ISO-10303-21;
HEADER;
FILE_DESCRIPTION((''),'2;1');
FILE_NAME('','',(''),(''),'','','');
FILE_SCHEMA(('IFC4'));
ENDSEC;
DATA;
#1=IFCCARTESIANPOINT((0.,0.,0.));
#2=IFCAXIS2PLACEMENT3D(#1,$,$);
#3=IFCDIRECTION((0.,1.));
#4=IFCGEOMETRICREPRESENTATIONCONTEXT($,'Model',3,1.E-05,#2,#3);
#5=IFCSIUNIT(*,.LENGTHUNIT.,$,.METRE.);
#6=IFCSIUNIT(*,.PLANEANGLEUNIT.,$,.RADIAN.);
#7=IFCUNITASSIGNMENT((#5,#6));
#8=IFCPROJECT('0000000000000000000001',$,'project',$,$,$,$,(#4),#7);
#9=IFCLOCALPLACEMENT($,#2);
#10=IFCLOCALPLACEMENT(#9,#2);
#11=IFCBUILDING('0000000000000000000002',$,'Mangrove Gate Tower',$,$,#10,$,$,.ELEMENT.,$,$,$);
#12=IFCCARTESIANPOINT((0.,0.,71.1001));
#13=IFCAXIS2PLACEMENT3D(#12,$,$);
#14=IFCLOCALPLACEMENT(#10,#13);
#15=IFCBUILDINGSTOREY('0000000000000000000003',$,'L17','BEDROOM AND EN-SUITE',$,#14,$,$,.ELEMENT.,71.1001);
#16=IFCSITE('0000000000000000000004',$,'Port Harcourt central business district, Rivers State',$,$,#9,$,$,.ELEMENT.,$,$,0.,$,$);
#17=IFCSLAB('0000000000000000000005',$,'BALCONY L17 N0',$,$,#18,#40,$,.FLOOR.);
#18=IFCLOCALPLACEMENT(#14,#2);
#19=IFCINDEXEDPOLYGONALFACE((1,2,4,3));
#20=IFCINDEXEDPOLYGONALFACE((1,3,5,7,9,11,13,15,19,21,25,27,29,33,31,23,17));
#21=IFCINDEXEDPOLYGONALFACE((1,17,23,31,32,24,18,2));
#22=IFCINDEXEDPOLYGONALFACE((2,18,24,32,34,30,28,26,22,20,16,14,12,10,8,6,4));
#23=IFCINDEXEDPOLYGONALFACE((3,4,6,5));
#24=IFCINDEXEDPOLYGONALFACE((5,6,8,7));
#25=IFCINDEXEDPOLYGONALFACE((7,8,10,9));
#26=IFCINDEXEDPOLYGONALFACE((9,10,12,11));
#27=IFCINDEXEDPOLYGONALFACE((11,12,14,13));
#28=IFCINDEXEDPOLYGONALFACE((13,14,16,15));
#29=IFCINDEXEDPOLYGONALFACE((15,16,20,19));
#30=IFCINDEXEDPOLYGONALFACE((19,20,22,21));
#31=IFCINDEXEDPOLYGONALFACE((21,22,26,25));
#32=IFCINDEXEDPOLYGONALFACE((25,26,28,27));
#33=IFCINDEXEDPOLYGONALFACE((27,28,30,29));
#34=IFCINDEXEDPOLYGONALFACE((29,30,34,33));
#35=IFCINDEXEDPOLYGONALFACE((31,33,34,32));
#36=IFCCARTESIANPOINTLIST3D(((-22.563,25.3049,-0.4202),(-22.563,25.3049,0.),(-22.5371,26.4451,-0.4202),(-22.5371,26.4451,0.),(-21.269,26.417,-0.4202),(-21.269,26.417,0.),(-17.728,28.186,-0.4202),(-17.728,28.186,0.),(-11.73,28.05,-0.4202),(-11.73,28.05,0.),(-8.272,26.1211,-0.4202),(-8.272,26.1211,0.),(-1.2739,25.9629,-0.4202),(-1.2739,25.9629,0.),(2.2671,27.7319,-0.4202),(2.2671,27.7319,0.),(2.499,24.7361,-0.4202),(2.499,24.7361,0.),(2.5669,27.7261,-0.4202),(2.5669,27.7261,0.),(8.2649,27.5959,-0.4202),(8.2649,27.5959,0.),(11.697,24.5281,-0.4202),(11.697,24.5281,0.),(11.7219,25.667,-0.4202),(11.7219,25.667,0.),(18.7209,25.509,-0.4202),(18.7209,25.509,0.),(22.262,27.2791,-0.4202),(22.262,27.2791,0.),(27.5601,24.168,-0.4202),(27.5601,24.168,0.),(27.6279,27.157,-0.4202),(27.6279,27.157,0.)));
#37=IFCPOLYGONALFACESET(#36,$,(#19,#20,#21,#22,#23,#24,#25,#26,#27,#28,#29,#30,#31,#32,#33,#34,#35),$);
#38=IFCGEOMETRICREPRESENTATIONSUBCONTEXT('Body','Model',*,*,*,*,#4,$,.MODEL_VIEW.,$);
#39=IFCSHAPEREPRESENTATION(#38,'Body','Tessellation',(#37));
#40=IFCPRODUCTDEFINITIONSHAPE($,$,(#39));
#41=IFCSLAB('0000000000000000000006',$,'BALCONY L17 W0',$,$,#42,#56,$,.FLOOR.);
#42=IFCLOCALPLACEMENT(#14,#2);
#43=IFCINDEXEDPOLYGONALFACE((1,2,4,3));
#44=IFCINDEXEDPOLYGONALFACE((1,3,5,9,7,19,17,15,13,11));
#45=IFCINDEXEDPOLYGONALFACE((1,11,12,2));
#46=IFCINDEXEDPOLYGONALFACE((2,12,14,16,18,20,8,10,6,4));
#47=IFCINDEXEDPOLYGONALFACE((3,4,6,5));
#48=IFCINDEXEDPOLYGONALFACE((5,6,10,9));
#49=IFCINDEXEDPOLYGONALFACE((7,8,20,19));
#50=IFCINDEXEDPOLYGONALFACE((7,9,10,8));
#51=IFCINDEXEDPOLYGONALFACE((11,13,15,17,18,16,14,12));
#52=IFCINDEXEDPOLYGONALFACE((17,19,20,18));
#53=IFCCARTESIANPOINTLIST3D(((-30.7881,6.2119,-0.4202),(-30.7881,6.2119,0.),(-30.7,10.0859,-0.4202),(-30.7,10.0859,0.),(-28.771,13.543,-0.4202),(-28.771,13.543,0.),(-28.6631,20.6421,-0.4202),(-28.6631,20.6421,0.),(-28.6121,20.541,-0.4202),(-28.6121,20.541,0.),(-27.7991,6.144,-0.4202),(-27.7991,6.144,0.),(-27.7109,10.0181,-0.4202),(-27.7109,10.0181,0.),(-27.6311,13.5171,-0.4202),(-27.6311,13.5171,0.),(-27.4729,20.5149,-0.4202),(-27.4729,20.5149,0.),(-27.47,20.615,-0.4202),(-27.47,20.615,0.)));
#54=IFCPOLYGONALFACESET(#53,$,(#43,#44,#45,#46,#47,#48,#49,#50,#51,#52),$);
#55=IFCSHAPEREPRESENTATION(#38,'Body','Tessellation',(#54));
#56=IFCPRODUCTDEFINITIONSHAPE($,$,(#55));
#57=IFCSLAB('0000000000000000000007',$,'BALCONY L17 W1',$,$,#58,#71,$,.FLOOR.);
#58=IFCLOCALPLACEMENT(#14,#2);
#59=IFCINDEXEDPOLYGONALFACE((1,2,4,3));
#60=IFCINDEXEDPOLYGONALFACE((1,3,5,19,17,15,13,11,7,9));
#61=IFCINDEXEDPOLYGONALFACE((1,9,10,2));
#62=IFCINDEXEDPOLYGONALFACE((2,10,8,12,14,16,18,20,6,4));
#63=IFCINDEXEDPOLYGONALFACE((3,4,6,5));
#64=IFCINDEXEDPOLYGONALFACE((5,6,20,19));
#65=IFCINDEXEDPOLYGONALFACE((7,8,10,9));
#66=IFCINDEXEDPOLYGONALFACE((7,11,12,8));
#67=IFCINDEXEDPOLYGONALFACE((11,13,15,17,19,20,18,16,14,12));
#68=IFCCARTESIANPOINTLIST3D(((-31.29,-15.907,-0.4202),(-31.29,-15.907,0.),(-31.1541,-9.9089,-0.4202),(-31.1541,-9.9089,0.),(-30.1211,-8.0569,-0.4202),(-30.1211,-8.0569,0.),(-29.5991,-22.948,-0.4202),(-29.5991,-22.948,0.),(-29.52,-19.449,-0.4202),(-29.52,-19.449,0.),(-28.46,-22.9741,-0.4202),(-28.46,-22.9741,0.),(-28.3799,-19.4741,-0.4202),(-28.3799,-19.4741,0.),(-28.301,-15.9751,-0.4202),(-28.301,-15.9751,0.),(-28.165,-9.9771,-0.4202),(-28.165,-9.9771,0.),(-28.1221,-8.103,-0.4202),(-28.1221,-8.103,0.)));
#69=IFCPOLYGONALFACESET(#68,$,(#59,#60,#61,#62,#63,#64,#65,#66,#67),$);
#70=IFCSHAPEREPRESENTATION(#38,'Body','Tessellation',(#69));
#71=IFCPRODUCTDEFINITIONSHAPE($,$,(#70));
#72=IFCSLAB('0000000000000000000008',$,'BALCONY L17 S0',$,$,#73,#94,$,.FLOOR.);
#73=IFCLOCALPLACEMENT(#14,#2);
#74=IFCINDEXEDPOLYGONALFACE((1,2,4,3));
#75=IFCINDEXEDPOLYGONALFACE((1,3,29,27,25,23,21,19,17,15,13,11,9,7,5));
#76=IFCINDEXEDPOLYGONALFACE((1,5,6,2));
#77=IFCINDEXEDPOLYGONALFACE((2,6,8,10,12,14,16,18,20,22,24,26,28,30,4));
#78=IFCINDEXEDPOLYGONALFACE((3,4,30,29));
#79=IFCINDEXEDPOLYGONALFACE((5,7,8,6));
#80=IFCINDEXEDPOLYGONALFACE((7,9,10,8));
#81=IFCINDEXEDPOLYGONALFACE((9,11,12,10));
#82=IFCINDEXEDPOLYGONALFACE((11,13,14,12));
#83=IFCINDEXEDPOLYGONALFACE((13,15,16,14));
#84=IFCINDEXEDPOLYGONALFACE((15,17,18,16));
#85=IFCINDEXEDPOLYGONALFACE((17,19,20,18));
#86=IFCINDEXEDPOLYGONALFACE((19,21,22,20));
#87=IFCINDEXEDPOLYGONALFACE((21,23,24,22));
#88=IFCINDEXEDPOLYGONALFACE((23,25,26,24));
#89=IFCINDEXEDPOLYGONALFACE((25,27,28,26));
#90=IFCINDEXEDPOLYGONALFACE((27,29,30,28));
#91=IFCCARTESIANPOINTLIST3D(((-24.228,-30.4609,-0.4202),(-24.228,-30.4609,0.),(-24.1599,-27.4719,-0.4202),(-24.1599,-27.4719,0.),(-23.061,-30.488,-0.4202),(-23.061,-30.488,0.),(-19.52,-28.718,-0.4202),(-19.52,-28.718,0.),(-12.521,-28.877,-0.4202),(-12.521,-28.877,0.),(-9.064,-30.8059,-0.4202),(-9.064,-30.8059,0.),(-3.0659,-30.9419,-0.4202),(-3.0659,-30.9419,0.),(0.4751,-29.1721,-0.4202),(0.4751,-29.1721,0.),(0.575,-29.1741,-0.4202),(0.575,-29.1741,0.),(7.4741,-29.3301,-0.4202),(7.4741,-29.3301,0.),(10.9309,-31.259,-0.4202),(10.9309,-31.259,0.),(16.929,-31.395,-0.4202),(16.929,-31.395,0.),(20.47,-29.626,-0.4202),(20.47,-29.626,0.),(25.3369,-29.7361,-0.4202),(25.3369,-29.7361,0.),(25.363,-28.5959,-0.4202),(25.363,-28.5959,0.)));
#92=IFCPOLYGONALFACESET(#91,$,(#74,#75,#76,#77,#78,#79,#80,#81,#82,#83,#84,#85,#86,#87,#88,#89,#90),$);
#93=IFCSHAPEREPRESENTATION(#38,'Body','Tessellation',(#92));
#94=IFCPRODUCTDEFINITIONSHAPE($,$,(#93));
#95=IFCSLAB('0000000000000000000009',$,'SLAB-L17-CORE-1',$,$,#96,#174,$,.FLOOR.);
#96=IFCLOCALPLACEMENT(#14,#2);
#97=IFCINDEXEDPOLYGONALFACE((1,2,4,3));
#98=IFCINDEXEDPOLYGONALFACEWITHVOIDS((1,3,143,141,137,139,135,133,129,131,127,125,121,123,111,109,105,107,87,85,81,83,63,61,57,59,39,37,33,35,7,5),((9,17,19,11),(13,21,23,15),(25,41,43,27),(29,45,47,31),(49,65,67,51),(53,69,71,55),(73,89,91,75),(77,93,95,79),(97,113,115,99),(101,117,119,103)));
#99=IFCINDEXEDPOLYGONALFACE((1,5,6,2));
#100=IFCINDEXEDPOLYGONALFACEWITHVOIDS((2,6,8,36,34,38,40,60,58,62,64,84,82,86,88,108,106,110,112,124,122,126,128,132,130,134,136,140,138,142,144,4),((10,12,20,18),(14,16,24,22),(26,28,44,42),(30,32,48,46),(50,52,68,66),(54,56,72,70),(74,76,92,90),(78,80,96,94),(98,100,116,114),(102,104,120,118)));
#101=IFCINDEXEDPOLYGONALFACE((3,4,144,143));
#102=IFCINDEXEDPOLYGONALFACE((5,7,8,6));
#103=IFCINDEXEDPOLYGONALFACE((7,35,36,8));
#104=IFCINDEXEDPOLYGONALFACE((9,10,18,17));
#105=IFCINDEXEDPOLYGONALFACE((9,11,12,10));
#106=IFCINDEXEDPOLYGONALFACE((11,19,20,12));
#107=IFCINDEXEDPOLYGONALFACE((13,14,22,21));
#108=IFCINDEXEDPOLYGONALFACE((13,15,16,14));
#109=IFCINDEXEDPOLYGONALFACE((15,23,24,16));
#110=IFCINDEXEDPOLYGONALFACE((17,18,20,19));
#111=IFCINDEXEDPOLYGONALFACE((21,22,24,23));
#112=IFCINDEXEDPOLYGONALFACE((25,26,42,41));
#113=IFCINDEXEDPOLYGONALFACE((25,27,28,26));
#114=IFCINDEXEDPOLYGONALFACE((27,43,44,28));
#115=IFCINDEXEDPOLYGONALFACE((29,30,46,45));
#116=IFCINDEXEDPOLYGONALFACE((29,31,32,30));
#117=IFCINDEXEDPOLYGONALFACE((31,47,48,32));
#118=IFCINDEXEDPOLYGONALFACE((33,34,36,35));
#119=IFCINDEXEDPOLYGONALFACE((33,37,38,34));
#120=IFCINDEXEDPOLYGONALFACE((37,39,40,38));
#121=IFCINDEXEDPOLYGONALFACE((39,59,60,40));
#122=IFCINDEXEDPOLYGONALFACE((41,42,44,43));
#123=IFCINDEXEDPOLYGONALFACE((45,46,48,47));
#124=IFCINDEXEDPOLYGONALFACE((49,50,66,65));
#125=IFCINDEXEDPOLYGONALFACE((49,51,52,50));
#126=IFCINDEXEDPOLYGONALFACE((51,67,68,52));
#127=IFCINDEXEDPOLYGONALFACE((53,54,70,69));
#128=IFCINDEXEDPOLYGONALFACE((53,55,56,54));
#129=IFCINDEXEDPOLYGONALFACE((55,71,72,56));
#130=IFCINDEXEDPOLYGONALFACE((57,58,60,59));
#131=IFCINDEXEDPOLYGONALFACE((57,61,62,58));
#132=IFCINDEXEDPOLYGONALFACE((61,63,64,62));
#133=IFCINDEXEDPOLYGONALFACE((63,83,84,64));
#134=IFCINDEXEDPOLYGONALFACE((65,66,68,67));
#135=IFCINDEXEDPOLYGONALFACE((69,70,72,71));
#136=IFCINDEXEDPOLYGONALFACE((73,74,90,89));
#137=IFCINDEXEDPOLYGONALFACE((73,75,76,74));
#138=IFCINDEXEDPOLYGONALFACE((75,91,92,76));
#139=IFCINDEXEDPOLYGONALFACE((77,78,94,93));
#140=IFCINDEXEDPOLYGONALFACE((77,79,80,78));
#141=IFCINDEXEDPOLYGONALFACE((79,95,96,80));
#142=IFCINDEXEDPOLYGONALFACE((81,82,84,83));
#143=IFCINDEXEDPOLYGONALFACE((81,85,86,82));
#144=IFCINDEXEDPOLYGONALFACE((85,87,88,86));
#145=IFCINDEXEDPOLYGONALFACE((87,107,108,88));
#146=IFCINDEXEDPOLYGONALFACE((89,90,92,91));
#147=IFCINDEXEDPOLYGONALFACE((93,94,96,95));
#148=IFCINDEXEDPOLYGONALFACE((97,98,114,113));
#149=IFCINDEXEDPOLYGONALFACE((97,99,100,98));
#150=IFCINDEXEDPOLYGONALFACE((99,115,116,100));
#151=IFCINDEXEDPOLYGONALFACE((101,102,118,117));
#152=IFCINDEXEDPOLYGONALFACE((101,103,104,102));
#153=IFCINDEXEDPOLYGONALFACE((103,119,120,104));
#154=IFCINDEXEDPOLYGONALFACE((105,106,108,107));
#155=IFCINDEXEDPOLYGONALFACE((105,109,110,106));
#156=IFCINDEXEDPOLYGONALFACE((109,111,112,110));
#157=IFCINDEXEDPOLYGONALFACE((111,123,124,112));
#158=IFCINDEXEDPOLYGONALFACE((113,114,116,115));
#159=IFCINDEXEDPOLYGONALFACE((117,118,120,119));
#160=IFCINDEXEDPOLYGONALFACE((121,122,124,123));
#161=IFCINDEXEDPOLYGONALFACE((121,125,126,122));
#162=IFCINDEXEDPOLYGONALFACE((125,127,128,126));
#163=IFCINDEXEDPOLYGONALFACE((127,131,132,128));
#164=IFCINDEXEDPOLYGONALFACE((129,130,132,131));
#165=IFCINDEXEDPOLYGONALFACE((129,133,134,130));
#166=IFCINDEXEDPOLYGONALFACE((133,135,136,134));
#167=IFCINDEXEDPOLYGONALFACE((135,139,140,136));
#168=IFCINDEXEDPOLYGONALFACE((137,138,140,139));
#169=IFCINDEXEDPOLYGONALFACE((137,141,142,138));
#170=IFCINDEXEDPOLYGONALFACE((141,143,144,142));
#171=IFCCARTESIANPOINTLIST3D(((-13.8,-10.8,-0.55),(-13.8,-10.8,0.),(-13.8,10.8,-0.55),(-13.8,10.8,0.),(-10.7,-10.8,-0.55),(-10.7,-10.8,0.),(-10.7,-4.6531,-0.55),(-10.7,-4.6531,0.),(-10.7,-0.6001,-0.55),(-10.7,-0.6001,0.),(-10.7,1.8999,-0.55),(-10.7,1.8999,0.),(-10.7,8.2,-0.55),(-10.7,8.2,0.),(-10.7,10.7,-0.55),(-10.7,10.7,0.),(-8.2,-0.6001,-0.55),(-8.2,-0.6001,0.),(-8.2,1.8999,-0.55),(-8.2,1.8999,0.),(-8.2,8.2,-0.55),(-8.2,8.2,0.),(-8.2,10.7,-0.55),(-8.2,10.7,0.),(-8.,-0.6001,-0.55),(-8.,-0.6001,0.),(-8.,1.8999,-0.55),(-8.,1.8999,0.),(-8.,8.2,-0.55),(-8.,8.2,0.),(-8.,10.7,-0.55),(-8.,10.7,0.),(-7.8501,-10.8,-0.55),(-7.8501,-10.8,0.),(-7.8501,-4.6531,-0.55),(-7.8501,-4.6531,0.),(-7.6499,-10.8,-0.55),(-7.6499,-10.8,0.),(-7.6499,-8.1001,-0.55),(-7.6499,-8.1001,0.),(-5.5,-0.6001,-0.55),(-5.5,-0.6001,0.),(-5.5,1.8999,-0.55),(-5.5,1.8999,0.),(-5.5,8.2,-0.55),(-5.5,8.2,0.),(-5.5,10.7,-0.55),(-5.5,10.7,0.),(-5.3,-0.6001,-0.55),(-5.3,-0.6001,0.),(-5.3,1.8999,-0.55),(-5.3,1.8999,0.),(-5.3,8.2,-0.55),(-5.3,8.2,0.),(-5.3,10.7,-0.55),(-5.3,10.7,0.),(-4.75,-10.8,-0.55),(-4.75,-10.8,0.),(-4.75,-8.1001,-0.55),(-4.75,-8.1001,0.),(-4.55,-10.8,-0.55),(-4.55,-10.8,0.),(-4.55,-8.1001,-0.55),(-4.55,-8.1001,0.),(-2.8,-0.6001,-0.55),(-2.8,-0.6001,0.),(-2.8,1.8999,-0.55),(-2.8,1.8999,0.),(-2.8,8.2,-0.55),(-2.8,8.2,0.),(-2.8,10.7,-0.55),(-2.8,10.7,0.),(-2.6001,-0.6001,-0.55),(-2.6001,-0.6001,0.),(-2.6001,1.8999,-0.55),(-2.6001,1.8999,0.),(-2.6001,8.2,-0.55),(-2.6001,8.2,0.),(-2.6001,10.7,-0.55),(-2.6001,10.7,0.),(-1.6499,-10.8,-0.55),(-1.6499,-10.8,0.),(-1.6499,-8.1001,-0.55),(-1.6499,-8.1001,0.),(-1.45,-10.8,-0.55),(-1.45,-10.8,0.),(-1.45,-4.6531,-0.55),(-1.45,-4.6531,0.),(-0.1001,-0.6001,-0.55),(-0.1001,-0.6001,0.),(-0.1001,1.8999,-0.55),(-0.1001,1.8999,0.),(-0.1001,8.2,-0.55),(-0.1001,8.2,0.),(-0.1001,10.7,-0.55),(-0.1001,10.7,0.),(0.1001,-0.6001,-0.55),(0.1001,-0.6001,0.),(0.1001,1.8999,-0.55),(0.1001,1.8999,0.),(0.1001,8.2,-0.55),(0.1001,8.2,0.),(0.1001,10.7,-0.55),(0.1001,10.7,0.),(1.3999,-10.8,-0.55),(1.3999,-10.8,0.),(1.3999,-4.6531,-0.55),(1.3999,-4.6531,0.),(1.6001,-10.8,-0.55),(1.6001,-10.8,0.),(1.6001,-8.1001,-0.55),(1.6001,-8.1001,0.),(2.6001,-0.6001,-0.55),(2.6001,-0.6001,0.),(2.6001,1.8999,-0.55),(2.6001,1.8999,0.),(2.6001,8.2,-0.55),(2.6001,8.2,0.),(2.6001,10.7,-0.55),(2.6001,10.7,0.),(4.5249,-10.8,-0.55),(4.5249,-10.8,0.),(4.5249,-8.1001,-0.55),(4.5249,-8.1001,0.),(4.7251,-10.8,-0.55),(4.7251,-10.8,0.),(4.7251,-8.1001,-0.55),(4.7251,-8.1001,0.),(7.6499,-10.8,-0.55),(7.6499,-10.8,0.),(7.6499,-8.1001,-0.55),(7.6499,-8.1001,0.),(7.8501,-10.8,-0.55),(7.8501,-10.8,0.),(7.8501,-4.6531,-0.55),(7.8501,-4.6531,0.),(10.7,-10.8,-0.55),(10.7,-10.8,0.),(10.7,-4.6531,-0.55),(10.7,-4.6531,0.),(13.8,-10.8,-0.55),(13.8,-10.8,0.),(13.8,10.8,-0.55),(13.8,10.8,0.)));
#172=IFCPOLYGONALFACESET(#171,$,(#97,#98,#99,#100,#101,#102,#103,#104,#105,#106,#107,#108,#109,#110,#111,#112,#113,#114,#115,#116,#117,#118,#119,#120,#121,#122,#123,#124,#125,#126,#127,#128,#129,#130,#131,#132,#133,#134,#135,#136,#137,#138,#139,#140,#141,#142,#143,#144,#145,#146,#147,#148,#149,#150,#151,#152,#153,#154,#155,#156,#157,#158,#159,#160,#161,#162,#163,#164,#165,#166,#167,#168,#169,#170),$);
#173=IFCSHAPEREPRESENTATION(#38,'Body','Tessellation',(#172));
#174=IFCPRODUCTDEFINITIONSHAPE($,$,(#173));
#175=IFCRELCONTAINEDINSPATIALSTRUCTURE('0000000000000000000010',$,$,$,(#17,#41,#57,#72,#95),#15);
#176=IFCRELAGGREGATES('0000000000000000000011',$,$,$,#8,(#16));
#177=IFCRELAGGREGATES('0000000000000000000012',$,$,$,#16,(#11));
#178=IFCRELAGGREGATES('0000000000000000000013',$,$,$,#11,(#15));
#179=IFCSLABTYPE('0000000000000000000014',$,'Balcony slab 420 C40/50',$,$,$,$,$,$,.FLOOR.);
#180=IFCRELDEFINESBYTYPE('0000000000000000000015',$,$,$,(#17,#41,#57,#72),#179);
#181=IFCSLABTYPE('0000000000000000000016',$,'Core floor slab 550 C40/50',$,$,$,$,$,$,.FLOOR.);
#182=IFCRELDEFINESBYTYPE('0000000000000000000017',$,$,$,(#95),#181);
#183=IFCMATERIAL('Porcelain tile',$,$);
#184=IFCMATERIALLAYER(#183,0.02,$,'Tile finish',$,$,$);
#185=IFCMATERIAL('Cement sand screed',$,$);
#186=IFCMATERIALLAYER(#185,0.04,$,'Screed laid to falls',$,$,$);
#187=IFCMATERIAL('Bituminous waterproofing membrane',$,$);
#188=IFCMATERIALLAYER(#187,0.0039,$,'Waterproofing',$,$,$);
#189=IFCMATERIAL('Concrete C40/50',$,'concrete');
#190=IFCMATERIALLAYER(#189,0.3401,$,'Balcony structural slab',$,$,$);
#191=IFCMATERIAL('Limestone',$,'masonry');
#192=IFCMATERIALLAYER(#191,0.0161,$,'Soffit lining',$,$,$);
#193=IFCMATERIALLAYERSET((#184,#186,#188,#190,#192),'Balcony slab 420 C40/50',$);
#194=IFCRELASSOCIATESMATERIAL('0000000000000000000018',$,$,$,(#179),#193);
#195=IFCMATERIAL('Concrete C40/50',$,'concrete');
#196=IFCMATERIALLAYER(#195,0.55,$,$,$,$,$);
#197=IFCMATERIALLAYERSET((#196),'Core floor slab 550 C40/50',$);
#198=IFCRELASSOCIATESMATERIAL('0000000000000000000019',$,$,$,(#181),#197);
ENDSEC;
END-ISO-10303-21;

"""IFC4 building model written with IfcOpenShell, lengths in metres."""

from ifc_helpers import new_model, si_unit, direction, frame, origin, place, context, subcontext, project, spatial, polyline, outline, extrude, material, layer, layer_set, type_object, element, save


model = new_model("IFC4")

# Units and contexts
model_context = context("Model", 3, precision=1e-05, world=origin(), true_north=direction((0.0, 1.0)))
body_context = subcontext(model_context, "Body", "Model", "MODEL_VIEW")
ifc_project = project(units=[si_unit("LENGTHUNIT", "METRE"), si_unit("PLANEANGLEUNIT", "RADIAN")], contexts=[model_context])

# Site, building, storey
site_placement = place(None, origin())
site = spatial("IfcSite", under=ifc_project, at=site_placement, Name="Port Harcourt central business district, Rivers State", CompositionType="ELEMENT", RefElevation=0.0)
building_placement = place(site_placement, origin())
building = spatial("IfcBuilding", under=site, at=building_placement, Name="Mangrove Gate Tower", CompositionType="ELEMENT")
storey_placement = place(building_placement, frame((0.0, 0.0, 71.1001)))
storey = spatial("IfcBuildingStorey", under=building, at=storey_placement, Name="L17", Description="BEDROOM AND EN-SUITE", CompositionType="ELEMENT", Elevation=71.1001)

# Slabs
ifc_material_1 = material(Name="Porcelain tile")
ifc_layer_1 = layer(ifc_material_1, 0.02, Name="Tile finish")
ifc_material_2 = material(Name="Cement sand screed")
ifc_layer_2 = layer(ifc_material_2, 0.04, Name="Screed laid to falls")
ifc_material_3 = material(Name="Bituminous waterproofing membrane")
ifc_layer_3 = layer(ifc_material_3, 0.0039, Name="Waterproofing")
ifc_material_4 = material(Name="Concrete C40/50", Category="concrete")
ifc_layer_4 = layer(ifc_material_4, 0.3401, Name="Balcony structural slab")
ifc_material_5 = material(Name="Limestone", Category="masonry")
ifc_layer_5 = layer(ifc_material_5, 0.0161, Name="Soffit lining")
ifc_layer_set_1 = layer_set([ifc_layer_1, ifc_layer_2, ifc_layer_3, ifc_layer_4, ifc_layer_5], Name="Balcony slab 420 C40/50")
slab_type_1 = type_object("IfcSlabType", Name="Balcony slab 420 C40/50", PredefinedType="FLOOR", material=ifc_layer_set_1)
slab_1_placement = place(storey_placement, frame((0.0, 0.0, -0.4202)))
element("IfcSlab", 1, at=slab_1_placement, inside=storey, type_object=slab_type_1, Name="BALCONY L17 N0", PredefinedType="FLOOR", context=body_context, shape_type="SweptSolid", body=[
    extrude(outline(polyline([(27.6279, 27.157), (22.262, 27.2791), (18.7209, 25.509), (11.7219, 25.667), (8.2649, 27.5959), (2.5669, 27.7261), (2.2671, 27.7319), (-1.2739, 25.9629), (-8.272, 26.1211), (-11.73, 28.05), (-17.728, 28.186), (-21.269, 26.417), (-22.5371, 26.4451), (-22.563, 25.3049), (2.499, 24.7361), (11.697, 24.5281), (27.5601, 24.168), (27.6279, 27.157)])), origin(), (0.0, 0.0, 1.0), 0.4202),
])
slab_2_placement = place(storey_placement, frame((0.0, 0.0, -0.4202)))
element("IfcSlab", 2, at=slab_2_placement, inside=storey, type_object=slab_type_1, Name="BALCONY L17 W0", PredefinedType="FLOOR", context=body_context, shape_type="SweptSolid", body=[
    extrude(outline(polyline([(-28.6631, 20.6421), (-28.6121, 20.541), (-28.771, 13.543), (-30.7, 10.0859), (-30.7881, 6.2119), (-27.7991, 6.144), (-27.7109, 10.0181), (-27.6311, 13.5171), (-27.4729, 20.5149), (-27.47, 20.615), (-28.6631, 20.6421)])), origin(), (0.0, 0.0, 1.0), 0.4202),
])
slab_3_placement = place(storey_placement, frame((0.0, 0.0, -0.4202)))
element("IfcSlab", 3, at=slab_3_placement, inside=storey, type_object=slab_type_1, Name="BALCONY L17 W1", PredefinedType="FLOOR", context=body_context, shape_type="SweptSolid", body=[
    extrude(outline(polyline([(-30.1211, -8.0569), (-31.1541, -9.9089), (-31.29, -15.907), (-29.52, -19.449), (-29.5991, -22.948), (-28.46, -22.9741), (-28.3799, -19.4741), (-28.301, -15.9751), (-28.165, -9.9771), (-28.1221, -8.103), (-30.1211, -8.0569)])), origin(), (0.0, 0.0, 1.0), 0.4202),
])
slab_4_placement = place(storey_placement, frame((0.0, 0.0, -0.4202)))
element("IfcSlab", 4, at=slab_4_placement, inside=storey, type_object=slab_type_1, Name="BALCONY L17 S0", PredefinedType="FLOOR", context=body_context, shape_type="SweptSolid", body=[
    extrude(outline(polyline([(-24.228, -30.4609), (-23.061, -30.488), (-19.52, -28.718), (-12.521, -28.877), (-9.064, -30.8059), (-3.0659, -30.9419), (0.4751, -29.1721), (0.575, -29.1741), (7.4741, -29.3301), (10.9309, -31.259), (16.929, -31.395), (20.47, -29.626), (25.3369, -29.7361), (25.363, -28.5959), (-24.1599, -27.4719), (-24.228, -30.4609)])), origin(), (0.0, 0.0, 1.0), 0.4202),
])
ifc_material_6 = material(Name="Concrete C40/50", Category="concrete")
ifc_layer_6 = layer(ifc_material_6, 0.55)
ifc_layer_set_2 = layer_set([ifc_layer_6], Name="Core floor slab 550 C40/50")
slab_type_2 = type_object("IfcSlabType", Name="Core floor slab 550 C40/50", PredefinedType="FLOOR", material=ifc_layer_set_2)
slab_5_placement = place(storey_placement, frame((0.0, 0.0, -0.55)))
element("IfcSlab", 5, at=slab_5_placement, inside=storey, type_object=slab_type_2, Name="SLAB-L17-CORE-1", PredefinedType="FLOOR", context=body_context, shape_type="SweptSolid", body=[
    extrude(outline(polyline([(-13.8, -10.8), (-13.8, 10.8), (13.8, 10.8), (13.8, -10.8), (10.7, -10.8), (10.7, -4.6531), (7.8501, -4.6531), (7.8501, -10.8), (7.6499, -10.8), (7.6499, -8.1001), (4.7251, -8.1001), (4.7251, -10.8), (4.5249, -10.8), (4.5249, -8.1001), (1.6001, -8.1001), (1.6001, -10.8), (1.3999, -10.8), (1.3999, -4.6531), (-1.45, -4.6531), (-1.45, -10.8), (-1.6499, -10.8), (-1.6499, -8.1001), (-4.55, -8.1001), (-4.55, -10.8), (-4.75, -10.8), (-4.75, -8.1001), (-7.6499, -8.1001), (-7.6499, -10.8), (-7.8501, -10.8), (-7.8501, -4.6531), (-10.7, -4.6531), (-10.7, -10.8), (-13.8, -10.8)]), holes=[polyline([(-8.2, -0.6001), (-8.2, 1.8999), (-10.7, 1.8999), (-10.7, -0.6001), (-8.2, -0.6001)]), polyline([(-5.5, -0.6001), (-5.5, 1.8999), (-8.0, 1.8999), (-8.0, -0.6001), (-5.5, -0.6001)]), polyline([(-2.8, -0.6001), (-2.8, 1.8999), (-5.3, 1.8999), (-5.3, -0.6001), (-2.8, -0.6001)]), polyline([(-8.2, 8.2), (-8.2, 10.7), (-10.7, 10.7), (-10.7, 8.2), (-8.2, 8.2)]), polyline([(-5.5, 8.2), (-5.5, 10.7), (-8.0, 10.7), (-8.0, 8.2), (-5.5, 8.2)]), polyline([(-2.8, 8.2), (-2.8, 10.7), (-5.3, 10.7), (-5.3, 8.2), (-2.8, 8.2)]), polyline([(-0.1001, -0.6001), (-0.1001, 1.8999), (-2.6001, 1.8999), (-2.6001, -0.6001), (-0.1001, -0.6001)]), polyline([(2.6001, -0.6001), (2.6001, 1.8999), (0.1001, 1.8999), (0.1001, -0.6001), (2.6001, -0.6001)]), polyline([(-2.6001, 8.2), (-0.1001, 8.2), (-0.1001, 10.7), (-2.6001, 10.7), (-2.6001, 8.2)]), polyline([(0.1001, 8.2), (2.6001, 8.2), (2.6001, 10.7), (0.1001, 10.7), (0.1001, 8.2)])]), origin(), (0.0, 0.0, 1.0), 0.55),
])

save(model, "model.ifc")
